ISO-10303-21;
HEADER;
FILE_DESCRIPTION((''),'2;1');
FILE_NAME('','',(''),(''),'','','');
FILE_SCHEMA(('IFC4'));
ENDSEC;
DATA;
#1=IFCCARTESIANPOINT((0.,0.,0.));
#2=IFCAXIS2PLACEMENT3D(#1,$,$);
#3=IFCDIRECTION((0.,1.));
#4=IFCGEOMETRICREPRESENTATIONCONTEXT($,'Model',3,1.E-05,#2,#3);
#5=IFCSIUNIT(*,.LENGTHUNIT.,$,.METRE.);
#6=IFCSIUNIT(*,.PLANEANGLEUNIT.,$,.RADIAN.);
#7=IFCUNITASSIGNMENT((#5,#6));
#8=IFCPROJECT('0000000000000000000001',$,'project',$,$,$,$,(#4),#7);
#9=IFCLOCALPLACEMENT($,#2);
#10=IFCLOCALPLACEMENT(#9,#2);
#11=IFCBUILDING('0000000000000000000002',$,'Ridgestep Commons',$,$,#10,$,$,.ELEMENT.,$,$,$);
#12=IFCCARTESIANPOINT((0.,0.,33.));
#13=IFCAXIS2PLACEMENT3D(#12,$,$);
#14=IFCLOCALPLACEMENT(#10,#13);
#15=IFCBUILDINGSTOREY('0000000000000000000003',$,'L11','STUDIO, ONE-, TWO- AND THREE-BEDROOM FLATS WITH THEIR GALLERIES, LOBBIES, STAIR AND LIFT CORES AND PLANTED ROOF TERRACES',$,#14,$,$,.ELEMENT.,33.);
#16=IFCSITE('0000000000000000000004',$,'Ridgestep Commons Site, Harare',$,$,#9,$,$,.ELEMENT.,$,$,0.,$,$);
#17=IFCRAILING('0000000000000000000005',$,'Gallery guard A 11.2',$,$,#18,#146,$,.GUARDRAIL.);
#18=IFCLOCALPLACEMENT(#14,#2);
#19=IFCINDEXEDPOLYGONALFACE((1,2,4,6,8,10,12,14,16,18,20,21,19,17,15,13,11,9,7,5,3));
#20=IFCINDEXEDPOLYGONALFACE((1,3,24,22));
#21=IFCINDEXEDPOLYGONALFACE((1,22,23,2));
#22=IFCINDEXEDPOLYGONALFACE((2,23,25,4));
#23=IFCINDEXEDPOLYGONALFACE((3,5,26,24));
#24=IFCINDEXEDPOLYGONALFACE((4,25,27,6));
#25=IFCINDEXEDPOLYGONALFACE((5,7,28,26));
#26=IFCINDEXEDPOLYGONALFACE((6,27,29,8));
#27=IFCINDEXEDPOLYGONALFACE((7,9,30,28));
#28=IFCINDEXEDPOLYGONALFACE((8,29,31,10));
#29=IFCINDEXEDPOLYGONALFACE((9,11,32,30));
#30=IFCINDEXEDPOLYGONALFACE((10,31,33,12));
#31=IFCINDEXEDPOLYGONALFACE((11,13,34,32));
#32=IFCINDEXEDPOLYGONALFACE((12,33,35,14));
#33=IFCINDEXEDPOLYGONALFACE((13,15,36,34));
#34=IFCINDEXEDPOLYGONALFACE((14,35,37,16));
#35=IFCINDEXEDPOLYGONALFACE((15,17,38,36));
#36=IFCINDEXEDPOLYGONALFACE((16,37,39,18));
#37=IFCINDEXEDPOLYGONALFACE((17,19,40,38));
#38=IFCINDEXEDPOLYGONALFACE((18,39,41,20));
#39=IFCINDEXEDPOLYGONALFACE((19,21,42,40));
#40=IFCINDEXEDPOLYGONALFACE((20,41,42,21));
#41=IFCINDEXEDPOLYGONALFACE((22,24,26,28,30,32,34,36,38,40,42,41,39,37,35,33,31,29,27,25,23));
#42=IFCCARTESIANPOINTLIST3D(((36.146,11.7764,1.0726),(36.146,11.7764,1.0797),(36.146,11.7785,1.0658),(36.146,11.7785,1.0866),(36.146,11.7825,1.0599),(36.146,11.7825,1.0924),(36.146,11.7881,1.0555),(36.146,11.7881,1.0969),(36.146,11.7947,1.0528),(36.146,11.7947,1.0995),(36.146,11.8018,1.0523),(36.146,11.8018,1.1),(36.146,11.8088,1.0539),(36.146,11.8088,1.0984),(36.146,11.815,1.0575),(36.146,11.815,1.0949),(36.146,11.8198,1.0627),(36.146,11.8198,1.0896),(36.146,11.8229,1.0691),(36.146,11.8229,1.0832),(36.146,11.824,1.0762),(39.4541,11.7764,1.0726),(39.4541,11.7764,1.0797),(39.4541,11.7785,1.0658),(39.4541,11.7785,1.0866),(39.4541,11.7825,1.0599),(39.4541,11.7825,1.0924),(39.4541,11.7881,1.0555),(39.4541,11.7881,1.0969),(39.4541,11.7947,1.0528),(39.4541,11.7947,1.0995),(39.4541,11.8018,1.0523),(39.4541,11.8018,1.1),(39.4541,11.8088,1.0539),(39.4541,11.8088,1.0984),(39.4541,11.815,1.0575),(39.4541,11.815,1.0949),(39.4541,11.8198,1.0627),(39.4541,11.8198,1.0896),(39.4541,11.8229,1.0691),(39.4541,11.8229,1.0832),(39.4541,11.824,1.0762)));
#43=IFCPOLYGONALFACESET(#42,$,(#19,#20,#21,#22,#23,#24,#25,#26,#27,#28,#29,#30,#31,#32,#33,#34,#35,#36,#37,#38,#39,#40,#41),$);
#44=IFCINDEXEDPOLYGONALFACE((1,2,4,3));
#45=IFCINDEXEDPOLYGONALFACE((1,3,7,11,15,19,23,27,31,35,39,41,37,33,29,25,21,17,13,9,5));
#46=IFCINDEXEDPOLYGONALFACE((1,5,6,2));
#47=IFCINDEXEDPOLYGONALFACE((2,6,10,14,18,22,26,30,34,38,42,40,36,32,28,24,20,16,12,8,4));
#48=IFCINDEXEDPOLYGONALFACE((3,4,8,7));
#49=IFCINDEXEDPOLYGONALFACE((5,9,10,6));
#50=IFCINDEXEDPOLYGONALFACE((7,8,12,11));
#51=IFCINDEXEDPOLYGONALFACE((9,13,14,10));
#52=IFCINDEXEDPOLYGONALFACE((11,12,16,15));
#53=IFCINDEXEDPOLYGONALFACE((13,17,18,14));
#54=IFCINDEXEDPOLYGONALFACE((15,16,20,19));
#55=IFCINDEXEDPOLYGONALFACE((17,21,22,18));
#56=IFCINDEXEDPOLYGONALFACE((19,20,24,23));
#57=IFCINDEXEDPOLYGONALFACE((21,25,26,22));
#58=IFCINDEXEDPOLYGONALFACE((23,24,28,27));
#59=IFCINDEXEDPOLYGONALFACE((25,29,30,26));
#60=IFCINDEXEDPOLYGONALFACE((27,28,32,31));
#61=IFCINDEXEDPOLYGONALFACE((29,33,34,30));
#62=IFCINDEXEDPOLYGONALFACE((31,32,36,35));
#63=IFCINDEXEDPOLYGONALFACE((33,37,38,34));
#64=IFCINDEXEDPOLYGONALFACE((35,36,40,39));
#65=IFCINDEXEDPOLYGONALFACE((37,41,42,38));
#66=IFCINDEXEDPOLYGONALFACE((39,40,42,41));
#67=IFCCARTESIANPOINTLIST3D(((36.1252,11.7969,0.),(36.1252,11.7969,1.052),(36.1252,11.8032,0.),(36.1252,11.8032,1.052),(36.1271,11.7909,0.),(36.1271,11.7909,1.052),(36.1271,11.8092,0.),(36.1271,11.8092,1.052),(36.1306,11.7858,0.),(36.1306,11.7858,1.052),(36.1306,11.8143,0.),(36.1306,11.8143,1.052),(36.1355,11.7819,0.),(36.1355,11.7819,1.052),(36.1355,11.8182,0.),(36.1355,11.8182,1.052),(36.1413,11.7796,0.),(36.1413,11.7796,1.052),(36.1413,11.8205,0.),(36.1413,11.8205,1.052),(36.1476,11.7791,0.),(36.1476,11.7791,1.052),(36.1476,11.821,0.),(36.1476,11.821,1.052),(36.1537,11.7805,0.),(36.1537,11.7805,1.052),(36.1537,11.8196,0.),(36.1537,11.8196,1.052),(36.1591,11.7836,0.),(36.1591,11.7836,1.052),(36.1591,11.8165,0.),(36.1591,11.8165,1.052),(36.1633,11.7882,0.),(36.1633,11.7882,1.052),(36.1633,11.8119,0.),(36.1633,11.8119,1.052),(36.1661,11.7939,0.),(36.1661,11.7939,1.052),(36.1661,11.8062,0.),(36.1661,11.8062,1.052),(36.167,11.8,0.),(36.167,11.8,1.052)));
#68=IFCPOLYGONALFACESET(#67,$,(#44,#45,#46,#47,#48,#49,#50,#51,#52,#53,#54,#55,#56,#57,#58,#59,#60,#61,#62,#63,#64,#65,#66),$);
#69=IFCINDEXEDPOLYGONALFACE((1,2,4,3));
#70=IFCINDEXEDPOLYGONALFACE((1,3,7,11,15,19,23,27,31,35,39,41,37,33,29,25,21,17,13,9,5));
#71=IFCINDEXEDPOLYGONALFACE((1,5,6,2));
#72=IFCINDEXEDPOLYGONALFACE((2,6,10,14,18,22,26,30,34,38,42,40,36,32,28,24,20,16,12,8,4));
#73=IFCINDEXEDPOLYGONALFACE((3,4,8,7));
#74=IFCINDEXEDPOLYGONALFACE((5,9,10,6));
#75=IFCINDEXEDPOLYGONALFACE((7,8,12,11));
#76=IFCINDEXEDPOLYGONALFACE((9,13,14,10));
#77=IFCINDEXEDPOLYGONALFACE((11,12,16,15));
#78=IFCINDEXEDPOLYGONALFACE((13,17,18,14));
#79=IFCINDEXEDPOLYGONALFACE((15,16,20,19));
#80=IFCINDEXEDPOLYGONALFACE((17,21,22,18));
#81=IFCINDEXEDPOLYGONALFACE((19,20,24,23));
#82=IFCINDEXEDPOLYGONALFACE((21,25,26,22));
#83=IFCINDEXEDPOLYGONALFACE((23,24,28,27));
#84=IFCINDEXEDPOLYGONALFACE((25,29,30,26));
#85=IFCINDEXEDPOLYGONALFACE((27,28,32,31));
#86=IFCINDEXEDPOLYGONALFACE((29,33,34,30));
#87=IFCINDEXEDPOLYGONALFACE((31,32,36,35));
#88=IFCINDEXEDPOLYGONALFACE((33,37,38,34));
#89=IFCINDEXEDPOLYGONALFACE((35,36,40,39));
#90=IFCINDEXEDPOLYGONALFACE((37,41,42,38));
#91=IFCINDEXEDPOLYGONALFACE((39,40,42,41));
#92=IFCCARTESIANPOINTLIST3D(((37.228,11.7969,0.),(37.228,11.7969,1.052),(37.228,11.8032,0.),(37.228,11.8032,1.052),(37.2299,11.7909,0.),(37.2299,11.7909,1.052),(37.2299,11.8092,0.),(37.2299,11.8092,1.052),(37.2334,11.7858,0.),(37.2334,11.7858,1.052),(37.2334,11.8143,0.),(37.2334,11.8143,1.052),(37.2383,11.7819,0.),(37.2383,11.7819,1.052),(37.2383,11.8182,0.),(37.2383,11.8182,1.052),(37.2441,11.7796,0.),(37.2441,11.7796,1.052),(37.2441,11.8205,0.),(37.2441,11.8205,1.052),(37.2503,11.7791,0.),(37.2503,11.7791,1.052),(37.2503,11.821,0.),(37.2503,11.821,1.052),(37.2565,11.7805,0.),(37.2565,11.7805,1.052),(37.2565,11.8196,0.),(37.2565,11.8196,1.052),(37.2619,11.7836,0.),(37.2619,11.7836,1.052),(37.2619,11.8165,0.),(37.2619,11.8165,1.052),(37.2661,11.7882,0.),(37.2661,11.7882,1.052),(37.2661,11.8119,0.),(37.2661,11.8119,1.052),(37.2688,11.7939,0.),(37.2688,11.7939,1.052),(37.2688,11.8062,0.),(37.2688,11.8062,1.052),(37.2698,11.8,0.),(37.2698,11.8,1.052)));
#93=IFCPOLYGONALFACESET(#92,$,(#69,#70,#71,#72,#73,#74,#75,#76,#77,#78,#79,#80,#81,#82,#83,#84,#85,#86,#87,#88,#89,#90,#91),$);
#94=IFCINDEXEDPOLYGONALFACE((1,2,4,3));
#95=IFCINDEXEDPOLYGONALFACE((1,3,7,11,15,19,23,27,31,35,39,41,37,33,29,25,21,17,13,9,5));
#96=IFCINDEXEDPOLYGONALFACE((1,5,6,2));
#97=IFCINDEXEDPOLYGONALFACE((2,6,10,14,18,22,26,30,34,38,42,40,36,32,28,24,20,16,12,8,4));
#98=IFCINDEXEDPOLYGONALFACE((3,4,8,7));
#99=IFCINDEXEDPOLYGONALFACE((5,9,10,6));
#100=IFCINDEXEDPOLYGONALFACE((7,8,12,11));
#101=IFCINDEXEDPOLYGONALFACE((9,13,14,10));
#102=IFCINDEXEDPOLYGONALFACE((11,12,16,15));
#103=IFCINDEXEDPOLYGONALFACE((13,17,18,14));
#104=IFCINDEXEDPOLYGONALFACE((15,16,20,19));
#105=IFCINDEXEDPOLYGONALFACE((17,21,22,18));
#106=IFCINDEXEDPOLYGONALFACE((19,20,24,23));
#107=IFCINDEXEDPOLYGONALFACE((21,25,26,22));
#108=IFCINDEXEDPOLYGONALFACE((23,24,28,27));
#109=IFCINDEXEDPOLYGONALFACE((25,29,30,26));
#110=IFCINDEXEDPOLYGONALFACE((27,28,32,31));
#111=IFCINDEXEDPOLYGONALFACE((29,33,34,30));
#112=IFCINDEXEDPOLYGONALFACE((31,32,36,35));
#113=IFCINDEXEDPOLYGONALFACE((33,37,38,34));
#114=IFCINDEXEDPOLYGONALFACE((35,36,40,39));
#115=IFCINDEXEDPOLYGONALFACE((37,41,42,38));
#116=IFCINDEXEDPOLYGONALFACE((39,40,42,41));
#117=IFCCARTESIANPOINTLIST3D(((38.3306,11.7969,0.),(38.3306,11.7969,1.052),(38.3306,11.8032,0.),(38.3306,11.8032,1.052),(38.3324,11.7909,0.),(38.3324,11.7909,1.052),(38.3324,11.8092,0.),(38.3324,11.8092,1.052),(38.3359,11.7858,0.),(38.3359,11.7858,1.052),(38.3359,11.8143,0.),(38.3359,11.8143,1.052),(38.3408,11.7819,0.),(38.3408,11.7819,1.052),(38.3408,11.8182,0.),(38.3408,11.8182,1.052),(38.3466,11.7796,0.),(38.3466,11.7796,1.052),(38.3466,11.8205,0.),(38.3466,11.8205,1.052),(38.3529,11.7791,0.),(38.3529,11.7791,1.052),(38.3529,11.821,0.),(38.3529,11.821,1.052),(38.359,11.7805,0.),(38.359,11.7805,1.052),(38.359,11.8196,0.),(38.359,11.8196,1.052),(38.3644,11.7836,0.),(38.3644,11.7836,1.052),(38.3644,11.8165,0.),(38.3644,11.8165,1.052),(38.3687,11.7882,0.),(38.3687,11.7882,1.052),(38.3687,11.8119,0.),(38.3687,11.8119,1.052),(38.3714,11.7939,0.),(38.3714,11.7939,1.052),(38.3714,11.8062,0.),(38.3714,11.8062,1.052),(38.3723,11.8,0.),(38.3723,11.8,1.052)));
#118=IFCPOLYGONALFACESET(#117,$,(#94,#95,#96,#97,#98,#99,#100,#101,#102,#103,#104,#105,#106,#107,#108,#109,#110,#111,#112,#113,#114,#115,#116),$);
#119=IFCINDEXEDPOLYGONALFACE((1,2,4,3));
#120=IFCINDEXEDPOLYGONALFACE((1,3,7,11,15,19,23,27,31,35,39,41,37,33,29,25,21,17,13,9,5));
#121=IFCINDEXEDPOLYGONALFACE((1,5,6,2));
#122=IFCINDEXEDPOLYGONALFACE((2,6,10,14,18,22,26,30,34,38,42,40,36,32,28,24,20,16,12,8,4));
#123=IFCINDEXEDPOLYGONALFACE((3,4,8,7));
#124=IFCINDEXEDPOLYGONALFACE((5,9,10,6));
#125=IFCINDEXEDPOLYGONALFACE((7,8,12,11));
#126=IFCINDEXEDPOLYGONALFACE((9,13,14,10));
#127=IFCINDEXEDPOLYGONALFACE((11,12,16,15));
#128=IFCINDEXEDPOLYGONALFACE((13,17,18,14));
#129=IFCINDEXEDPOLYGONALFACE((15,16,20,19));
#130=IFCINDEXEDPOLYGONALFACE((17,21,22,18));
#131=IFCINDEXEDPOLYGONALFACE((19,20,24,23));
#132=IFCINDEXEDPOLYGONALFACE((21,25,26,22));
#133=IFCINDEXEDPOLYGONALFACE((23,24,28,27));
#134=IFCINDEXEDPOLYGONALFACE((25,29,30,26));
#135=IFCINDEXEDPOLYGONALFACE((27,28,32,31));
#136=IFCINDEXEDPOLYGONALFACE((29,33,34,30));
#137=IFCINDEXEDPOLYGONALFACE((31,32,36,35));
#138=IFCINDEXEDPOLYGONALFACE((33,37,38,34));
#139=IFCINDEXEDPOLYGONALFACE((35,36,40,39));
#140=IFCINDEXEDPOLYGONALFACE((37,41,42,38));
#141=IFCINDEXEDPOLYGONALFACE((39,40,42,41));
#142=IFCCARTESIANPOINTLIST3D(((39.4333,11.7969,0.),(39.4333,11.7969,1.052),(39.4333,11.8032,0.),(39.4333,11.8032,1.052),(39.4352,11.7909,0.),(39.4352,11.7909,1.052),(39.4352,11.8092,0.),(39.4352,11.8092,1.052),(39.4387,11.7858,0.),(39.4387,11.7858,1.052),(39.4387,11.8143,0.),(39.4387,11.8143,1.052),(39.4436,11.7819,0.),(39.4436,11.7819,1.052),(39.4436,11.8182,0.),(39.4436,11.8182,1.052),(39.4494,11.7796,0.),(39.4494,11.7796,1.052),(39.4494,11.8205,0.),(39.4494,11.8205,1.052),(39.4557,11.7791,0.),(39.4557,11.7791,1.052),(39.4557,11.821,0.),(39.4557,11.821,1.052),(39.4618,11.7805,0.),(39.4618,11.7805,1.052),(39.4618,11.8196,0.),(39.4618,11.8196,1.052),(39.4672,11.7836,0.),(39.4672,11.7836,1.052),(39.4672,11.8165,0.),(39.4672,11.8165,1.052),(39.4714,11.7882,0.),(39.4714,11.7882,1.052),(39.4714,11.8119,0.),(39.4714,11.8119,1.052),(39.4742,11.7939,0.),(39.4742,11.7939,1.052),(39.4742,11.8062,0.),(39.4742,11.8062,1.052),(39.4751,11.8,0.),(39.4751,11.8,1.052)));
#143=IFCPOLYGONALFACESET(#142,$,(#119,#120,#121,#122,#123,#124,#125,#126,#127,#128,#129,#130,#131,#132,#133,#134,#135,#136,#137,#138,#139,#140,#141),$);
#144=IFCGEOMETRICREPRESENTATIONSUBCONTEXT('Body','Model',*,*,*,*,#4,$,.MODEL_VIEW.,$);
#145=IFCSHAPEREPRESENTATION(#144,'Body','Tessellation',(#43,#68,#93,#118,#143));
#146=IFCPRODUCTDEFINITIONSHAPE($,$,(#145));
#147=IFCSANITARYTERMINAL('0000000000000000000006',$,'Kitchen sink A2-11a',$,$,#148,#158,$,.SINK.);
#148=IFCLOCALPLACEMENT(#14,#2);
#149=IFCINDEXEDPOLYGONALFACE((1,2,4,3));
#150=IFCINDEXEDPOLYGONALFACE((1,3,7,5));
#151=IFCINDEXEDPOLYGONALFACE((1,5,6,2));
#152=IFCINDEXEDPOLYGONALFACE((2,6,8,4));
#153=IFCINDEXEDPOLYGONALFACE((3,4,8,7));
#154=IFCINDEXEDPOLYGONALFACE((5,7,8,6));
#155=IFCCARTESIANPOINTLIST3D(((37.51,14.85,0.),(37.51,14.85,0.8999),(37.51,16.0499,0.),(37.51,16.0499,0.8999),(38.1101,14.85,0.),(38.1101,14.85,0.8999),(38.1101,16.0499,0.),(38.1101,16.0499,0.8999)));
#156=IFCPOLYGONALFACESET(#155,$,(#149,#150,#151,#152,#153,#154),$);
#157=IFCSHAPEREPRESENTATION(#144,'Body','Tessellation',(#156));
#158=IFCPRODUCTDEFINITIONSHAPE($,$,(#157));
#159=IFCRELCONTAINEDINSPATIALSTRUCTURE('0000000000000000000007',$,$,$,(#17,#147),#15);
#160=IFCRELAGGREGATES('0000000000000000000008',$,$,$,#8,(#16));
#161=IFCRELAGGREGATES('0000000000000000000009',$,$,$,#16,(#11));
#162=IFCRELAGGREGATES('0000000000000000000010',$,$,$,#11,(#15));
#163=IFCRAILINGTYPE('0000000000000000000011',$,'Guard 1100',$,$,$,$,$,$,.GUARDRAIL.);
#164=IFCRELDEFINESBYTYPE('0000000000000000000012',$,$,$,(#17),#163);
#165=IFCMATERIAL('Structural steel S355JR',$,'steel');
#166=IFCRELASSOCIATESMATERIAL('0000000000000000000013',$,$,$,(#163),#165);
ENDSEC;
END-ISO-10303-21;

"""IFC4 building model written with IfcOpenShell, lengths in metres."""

from ifc_helpers import new_model, si_unit, direction, frame, origin, origin_2d, place, context, subcontext, project, spatial, rectangle, circle, extrude, material, type_object, element, save


model = new_model("IFC4")

# Units and contexts
model_context = context("Model", 3, precision=1e-05, world=origin(), true_north=direction((0.0, 1.0)))
body_context = subcontext(model_context, "Body", "Model", "MODEL_VIEW")
ifc_project = project(units=[si_unit("LENGTHUNIT", "METRE"), si_unit("PLANEANGLEUNIT", "RADIAN")], contexts=[model_context])

# Site, building, storey
site_placement = place(None, origin())
site = spatial("IfcSite", under=ifc_project, at=site_placement, Name="Ridgestep Commons Site, Harare", CompositionType="ELEMENT", RefElevation=0.0)
building_placement = place(site_placement, origin())
building = spatial("IfcBuilding", under=site, at=building_placement, Name="Ridgestep Commons", CompositionType="ELEMENT")
storey_placement = place(building_placement, frame((0.0, 0.0, 33.0)))
storey = spatial("IfcBuildingStorey", under=building, at=storey_placement, Name="L11", Description="STUDIO, ONE-, TWO- AND THREE-BEDROOM FLATS WITH THEIR GALLERIES, LOBBIES, STAIR AND LIFT CORES AND PLANTED ROOF TERRACES", CompositionType="ELEMENT", Elevation=33.0)

# Railing
ifc_material_1 = material(Name="Structural steel S355JR", Category="steel")
railing_type = type_object("IfcRailingType", Name="Guard 1100", PredefinedType="GUARDRAIL", material=ifc_material_1)
railing_1_placement = place(storey_placement, frame((36.146, 11.8, 0.0)))
element("IfcRailing", 1, at=railing_1_placement, inside=storey, type_object=railing_type, Name="Gallery guard A 11.2", PredefinedType="GUARDRAIL", context=body_context, shape_type="SweptSolid", body=[
    extrude(circle(Radius=0.0239, at=origin_2d()), frame((0.0, 0.0, 1.0762), z_axis=(1.0, 0.0, 0.0), x_axis=(0.0, 1.0, 0.0)), (0.0, 0.0, 1.0), 3.3081),
    extrude(circle(Radius=0.021, at=origin_2d()), origin(), (0.0, 0.0, 1.0), 1.052),
    extrude(circle(Radius=0.021, at=origin_2d()), frame((1.1028, 0.0, 0.0)), (0.0, 0.0, 1.0), 1.052),
    extrude(circle(Radius=0.021, at=origin_2d()), frame((2.2053, 0.0, 0.0)), (0.0, 0.0, 1.0), 1.052),
    extrude(circle(Radius=0.021, at=origin_2d()), frame((3.3081, 0.0, 0.0)), (0.0, 0.0, 1.0), 1.052),
])

# Sanitary terminal
sanitary_terminal_placement = place(storey_placement, frame((37.8101, 15.45, 0.0), z_axis=(0.0, 0.0, 1.0), x_axis=(1.0, 0.0, 0.0)))
element("IfcSanitaryTerminal", 2, at=sanitary_terminal_placement, inside=storey, Name="Kitchen sink A2-11a", PredefinedType="SINK", context=body_context, shape_type="SweptSolid", body=[
    extrude(rectangle(XDim=0.6001, YDim=1.2, at=origin_2d()), origin(), (0.0, 0.0, 1.0), 0.8999),
])

save(model, "model.ifc")
